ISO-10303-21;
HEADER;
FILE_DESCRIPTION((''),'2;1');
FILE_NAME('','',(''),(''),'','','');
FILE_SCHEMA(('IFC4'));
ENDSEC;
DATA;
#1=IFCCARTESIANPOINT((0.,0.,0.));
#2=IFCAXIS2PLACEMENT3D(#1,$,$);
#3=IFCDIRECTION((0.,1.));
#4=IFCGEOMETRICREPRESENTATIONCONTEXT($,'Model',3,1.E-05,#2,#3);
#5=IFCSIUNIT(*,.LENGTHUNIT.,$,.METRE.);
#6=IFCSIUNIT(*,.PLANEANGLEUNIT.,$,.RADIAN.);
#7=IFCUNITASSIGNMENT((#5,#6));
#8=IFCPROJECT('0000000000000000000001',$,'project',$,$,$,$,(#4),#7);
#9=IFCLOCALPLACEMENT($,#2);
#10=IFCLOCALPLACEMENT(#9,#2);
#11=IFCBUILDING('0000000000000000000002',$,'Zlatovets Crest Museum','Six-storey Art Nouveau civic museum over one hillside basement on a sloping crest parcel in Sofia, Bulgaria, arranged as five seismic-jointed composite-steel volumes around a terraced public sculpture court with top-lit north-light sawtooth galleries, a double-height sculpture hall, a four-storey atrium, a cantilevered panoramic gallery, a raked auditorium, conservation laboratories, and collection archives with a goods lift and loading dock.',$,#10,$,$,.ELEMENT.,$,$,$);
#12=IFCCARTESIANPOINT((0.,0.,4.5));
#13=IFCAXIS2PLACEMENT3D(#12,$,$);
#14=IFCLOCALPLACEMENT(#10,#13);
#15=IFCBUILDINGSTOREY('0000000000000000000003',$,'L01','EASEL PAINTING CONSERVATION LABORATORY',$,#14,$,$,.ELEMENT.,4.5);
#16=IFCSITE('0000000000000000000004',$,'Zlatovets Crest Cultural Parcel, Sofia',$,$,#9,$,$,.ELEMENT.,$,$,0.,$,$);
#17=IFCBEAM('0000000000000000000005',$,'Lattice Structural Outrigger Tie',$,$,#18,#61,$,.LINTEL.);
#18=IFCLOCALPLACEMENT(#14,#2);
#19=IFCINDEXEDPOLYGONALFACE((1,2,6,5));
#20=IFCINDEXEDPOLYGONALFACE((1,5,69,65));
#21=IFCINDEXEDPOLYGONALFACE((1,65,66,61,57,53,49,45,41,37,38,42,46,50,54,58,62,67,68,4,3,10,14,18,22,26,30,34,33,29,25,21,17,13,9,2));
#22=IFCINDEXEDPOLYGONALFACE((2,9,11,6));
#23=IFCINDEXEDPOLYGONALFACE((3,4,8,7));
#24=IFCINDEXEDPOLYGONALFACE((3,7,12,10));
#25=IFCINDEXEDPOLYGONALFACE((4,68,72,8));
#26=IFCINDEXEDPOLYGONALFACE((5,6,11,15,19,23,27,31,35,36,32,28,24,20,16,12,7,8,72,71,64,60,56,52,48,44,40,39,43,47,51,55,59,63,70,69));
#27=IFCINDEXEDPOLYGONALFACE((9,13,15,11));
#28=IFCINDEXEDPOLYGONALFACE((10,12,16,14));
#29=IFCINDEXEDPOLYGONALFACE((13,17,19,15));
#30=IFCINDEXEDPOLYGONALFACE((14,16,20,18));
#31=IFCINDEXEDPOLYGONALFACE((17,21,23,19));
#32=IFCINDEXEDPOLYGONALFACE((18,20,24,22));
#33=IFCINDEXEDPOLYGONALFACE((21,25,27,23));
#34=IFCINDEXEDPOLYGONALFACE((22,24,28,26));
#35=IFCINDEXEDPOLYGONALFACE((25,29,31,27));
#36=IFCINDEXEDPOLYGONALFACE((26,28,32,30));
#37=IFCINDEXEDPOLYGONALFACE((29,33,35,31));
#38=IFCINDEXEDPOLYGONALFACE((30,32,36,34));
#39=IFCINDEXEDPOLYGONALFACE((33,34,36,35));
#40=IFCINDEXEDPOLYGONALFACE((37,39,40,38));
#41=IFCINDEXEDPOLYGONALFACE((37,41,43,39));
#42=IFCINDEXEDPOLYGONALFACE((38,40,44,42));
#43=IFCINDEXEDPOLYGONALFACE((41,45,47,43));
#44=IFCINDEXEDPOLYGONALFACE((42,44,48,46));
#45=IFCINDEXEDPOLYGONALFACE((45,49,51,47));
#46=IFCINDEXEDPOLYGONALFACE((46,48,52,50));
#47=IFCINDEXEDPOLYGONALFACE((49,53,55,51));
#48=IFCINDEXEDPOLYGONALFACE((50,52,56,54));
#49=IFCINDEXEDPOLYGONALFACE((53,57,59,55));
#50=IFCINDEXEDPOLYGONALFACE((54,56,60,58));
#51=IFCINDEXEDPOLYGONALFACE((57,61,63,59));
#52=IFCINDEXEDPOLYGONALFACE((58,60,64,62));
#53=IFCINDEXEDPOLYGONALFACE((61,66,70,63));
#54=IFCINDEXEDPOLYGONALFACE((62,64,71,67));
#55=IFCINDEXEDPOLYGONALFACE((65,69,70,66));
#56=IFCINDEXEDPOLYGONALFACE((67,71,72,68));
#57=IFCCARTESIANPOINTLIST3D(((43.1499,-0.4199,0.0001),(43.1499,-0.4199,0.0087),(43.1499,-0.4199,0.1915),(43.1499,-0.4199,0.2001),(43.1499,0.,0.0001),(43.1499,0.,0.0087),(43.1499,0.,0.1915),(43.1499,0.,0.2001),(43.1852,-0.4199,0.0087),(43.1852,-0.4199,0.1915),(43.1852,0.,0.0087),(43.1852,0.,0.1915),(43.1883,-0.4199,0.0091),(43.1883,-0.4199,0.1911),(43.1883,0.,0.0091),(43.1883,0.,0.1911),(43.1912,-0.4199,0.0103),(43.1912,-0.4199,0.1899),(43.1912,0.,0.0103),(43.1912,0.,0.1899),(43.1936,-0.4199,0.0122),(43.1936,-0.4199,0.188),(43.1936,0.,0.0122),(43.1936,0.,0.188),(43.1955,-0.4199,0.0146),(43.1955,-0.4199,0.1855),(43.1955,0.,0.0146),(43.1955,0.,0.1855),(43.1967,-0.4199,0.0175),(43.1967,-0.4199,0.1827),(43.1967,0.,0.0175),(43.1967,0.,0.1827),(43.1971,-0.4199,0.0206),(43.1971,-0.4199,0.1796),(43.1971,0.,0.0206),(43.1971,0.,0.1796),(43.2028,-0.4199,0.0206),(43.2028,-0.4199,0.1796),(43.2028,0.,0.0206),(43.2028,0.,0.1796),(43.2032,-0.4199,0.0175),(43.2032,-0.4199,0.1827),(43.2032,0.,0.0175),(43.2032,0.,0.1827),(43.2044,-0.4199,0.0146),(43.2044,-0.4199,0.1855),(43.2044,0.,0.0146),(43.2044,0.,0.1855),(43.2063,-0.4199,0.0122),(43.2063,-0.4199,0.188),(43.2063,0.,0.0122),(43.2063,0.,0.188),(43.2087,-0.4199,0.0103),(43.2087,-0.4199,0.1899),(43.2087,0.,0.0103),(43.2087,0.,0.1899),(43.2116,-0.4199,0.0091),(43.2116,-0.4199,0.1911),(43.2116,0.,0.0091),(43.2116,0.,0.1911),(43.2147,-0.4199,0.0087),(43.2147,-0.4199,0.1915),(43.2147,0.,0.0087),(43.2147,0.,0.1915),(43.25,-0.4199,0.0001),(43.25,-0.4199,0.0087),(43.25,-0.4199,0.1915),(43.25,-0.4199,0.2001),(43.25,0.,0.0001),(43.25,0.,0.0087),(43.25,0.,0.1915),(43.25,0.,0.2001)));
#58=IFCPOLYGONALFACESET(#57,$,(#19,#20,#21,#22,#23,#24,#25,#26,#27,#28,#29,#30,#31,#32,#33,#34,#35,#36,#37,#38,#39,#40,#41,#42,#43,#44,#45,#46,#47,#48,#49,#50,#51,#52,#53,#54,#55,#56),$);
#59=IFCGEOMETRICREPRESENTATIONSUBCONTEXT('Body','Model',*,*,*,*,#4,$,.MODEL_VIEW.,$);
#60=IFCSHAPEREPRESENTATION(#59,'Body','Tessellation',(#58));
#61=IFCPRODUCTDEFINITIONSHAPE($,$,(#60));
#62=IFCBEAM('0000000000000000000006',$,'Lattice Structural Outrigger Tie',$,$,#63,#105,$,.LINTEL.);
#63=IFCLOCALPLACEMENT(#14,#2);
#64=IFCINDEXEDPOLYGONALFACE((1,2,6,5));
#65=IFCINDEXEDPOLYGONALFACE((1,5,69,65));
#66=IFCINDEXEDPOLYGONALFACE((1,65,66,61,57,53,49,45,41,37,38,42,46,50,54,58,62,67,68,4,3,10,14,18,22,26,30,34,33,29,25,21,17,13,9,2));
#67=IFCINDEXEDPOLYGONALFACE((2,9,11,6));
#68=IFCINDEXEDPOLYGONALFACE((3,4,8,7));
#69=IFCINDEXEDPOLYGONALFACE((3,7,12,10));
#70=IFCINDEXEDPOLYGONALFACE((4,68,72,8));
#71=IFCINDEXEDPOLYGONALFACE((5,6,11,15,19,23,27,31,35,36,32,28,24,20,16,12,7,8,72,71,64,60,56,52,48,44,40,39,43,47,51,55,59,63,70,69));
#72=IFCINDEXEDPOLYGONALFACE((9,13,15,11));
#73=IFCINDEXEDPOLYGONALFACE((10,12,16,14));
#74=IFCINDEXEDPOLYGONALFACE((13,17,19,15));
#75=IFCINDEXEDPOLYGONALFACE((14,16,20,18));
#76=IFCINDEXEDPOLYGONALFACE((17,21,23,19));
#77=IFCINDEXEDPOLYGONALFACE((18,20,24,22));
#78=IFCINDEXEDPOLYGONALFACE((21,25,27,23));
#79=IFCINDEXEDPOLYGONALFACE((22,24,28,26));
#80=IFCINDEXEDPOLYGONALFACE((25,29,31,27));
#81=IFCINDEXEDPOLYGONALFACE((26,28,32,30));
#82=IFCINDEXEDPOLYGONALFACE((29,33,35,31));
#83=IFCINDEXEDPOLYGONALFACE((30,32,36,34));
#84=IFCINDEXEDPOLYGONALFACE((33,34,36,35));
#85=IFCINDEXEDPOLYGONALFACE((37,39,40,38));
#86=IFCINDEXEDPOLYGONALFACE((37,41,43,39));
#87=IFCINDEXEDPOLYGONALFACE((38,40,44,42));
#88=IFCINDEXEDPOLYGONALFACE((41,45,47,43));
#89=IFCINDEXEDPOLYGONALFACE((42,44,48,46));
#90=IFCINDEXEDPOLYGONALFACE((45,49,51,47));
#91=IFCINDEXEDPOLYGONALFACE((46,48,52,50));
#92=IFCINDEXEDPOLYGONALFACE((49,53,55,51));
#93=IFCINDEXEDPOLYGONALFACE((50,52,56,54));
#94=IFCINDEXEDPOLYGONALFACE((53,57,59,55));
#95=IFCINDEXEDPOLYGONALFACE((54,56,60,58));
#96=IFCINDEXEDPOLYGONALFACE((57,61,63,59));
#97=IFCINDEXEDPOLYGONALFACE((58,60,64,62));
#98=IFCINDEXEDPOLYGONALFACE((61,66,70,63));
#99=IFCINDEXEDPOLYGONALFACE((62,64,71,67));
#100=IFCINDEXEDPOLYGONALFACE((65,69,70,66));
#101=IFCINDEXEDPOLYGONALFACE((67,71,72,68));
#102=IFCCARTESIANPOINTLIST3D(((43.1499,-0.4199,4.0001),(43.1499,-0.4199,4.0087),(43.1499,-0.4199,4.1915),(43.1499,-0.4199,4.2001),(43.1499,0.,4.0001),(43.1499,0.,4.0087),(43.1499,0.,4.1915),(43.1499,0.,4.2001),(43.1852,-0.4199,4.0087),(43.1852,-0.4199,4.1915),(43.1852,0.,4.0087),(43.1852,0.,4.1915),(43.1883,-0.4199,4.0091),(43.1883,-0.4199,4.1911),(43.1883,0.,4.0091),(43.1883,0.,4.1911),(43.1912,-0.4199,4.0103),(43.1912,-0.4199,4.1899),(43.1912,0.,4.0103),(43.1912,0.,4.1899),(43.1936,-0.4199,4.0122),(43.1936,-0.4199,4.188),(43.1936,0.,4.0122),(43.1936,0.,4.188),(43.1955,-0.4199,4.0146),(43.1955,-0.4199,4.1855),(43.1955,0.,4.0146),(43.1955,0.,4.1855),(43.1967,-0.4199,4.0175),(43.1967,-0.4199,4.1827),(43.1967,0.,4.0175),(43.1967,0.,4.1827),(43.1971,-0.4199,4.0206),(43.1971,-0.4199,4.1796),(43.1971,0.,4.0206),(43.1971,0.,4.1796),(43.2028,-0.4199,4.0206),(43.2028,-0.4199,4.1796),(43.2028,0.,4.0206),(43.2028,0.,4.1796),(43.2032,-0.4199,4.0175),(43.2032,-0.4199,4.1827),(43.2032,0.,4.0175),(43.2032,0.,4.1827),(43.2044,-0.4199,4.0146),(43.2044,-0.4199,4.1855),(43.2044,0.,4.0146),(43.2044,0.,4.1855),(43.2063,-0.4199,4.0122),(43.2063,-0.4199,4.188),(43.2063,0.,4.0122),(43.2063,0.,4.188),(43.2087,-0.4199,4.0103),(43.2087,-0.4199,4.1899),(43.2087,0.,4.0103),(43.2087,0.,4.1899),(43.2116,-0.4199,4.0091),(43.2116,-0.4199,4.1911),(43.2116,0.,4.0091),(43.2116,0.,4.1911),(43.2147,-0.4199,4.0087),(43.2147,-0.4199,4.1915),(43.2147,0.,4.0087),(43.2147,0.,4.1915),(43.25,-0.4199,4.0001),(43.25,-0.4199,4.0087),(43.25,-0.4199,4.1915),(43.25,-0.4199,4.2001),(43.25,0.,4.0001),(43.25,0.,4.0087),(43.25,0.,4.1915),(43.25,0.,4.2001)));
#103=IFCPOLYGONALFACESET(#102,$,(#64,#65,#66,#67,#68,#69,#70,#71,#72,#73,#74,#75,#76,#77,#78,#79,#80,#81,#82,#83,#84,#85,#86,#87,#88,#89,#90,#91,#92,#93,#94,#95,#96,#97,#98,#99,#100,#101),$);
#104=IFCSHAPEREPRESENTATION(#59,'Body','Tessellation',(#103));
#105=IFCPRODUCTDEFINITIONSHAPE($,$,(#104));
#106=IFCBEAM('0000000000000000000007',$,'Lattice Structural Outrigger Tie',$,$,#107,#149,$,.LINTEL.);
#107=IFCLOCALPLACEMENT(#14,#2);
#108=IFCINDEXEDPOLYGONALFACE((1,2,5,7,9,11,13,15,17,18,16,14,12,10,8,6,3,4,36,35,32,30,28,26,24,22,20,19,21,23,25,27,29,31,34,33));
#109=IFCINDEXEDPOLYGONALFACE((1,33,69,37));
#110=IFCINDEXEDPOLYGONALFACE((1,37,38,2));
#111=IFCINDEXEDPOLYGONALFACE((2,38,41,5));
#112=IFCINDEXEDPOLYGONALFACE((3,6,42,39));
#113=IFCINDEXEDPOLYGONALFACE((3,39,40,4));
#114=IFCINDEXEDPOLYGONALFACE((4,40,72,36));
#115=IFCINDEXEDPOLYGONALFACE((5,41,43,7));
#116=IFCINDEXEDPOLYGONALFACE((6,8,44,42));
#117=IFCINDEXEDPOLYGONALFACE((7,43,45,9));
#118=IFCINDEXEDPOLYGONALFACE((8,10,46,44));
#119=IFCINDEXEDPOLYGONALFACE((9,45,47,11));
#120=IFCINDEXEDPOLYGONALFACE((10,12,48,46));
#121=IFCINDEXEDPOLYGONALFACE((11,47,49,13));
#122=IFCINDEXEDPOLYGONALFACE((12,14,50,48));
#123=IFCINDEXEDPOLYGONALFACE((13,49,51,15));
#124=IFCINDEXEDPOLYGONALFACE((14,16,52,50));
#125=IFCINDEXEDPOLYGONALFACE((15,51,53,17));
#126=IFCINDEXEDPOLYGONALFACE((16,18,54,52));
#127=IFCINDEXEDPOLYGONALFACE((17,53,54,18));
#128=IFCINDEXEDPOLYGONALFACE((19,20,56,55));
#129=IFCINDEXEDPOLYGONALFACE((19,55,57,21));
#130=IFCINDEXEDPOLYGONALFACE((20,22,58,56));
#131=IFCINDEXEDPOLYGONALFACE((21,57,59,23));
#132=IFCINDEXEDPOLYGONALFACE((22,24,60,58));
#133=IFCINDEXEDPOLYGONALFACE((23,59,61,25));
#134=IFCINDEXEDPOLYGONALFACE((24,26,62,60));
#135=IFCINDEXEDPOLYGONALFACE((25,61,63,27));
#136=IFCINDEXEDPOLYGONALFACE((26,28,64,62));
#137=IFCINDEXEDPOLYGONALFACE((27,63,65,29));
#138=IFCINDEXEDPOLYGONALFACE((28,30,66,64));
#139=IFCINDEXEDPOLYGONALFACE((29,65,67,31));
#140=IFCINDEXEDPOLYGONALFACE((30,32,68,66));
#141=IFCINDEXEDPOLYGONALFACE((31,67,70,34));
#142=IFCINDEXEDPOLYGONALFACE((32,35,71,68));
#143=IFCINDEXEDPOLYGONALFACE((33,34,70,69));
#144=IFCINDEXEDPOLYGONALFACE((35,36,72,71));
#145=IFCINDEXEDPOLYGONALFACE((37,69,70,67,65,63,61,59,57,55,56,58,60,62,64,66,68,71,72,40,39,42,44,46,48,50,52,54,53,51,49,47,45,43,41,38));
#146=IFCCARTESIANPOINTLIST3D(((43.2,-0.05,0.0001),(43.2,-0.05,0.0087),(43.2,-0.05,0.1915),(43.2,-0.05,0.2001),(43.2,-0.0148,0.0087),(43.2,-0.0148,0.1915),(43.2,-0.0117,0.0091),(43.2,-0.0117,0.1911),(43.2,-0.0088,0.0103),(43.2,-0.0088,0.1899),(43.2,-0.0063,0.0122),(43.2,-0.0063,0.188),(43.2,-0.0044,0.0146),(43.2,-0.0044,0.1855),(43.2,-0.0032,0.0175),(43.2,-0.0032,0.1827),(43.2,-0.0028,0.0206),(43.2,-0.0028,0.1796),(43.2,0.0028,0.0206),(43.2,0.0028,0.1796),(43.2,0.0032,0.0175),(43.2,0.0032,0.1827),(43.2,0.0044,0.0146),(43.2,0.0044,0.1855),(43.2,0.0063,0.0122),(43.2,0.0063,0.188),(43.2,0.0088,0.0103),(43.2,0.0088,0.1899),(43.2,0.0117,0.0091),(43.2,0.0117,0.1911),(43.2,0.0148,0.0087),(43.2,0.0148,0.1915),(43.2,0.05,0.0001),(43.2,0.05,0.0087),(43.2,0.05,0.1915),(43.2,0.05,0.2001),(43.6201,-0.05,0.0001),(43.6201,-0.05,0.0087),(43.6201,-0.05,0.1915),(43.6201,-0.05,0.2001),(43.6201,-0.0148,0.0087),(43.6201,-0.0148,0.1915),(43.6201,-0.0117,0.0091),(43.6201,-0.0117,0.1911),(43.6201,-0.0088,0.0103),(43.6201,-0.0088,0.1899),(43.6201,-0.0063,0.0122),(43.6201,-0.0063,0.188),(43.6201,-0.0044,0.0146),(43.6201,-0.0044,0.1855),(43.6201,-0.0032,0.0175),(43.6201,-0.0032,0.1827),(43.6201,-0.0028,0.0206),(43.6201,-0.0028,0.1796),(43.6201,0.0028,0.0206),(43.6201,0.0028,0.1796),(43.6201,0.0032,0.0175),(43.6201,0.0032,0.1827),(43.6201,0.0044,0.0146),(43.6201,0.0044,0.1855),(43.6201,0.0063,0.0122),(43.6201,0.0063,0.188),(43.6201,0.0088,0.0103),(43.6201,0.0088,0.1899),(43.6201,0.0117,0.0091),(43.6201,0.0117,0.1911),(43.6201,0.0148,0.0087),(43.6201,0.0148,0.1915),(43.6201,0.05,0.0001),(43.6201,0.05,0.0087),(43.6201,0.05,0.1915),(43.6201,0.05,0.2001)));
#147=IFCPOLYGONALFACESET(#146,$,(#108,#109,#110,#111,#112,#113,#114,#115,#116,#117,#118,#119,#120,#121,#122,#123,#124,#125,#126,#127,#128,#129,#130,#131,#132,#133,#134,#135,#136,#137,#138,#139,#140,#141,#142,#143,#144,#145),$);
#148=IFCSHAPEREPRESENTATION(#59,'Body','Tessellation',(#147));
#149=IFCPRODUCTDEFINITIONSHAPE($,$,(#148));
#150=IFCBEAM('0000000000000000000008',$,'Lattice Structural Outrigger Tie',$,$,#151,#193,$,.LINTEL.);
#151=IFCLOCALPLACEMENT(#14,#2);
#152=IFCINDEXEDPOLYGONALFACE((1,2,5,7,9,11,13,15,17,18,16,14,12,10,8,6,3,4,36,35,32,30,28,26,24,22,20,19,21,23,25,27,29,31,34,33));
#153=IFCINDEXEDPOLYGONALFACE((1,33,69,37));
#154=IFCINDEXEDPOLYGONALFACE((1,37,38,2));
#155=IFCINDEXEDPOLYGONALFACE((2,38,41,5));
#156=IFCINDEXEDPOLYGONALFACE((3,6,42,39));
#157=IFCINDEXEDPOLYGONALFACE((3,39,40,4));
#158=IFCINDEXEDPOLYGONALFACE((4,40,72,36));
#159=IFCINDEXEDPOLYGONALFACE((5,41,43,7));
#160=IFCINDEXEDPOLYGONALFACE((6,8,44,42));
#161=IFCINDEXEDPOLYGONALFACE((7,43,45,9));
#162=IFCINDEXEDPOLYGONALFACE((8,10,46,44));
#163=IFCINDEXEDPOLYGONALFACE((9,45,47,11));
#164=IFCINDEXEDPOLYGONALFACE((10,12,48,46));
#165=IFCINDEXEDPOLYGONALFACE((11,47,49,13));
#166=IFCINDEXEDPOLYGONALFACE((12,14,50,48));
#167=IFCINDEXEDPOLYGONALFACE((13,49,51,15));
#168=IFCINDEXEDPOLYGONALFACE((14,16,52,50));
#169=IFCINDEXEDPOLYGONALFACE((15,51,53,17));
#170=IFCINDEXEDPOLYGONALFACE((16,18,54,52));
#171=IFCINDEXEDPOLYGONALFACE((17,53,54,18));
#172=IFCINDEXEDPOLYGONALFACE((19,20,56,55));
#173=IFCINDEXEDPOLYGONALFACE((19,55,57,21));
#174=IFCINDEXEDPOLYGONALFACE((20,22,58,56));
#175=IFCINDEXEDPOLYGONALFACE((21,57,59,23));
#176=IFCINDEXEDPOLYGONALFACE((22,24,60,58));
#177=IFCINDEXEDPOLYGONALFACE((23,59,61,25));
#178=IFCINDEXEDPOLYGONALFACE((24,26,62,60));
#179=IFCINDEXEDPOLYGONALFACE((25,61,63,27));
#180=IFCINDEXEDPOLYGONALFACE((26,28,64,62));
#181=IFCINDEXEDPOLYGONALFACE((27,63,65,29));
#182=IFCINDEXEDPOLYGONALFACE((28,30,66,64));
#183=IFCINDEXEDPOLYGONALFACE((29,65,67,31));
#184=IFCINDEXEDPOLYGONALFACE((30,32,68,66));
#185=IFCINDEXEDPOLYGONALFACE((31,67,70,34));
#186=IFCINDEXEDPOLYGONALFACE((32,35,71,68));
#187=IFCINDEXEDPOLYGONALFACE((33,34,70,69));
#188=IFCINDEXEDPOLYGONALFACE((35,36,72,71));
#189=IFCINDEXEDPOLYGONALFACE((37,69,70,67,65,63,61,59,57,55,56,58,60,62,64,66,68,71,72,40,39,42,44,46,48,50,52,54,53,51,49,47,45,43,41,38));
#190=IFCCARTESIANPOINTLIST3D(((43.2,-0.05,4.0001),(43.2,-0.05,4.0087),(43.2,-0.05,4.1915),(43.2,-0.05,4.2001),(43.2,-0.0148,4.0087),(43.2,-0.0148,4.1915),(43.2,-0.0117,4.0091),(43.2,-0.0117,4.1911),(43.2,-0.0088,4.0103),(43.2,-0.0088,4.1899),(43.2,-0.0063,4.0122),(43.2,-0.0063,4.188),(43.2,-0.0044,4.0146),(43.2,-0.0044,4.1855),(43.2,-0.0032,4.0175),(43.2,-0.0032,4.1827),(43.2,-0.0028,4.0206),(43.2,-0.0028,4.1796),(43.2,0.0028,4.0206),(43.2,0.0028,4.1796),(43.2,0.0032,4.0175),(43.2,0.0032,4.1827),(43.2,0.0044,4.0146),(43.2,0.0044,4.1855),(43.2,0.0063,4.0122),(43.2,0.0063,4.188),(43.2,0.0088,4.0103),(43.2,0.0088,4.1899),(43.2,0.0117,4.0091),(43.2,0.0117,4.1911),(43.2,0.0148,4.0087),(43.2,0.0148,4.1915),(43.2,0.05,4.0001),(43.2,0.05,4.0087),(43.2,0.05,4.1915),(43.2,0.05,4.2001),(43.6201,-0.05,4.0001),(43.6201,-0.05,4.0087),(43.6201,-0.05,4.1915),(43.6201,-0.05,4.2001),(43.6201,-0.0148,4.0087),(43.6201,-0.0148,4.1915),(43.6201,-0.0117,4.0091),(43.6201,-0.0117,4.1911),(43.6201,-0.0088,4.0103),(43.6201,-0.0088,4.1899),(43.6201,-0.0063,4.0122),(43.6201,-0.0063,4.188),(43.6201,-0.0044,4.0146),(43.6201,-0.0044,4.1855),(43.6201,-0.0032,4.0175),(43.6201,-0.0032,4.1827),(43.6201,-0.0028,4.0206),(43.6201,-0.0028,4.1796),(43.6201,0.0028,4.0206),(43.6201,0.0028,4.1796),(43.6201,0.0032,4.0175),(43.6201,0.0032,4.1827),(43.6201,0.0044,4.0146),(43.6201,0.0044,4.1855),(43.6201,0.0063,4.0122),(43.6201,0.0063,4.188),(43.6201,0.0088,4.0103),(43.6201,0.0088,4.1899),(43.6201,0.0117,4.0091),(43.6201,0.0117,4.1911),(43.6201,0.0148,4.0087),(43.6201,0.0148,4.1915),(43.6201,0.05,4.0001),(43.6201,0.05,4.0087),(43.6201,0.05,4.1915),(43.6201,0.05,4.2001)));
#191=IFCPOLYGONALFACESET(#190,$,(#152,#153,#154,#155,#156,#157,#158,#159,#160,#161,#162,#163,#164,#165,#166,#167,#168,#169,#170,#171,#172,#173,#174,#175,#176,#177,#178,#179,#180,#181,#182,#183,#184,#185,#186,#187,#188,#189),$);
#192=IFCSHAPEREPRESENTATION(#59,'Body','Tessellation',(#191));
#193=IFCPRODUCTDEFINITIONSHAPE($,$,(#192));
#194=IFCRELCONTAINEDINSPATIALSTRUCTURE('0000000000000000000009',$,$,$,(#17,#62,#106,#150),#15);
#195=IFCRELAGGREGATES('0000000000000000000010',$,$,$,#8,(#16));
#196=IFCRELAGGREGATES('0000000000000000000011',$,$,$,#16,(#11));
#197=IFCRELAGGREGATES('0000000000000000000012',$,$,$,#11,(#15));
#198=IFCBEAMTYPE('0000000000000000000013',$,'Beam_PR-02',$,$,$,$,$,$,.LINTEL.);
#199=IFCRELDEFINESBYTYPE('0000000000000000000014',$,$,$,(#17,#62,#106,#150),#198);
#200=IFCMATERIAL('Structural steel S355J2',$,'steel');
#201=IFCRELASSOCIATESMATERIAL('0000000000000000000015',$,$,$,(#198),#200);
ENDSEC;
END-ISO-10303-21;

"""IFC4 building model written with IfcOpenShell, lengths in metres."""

from ifc_helpers import new_model, si_unit, direction, frame, origin, origin_2d, place, context, subcontext, project, spatial, i_section, extrude, material, material_profile, profile_set, type_object, element, save


model = new_model("IFC4")

# Units and contexts
model_context = context("Model", 3, precision=1e-05, world=origin(), true_north=direction((0.0, 1.0)))
body_context = subcontext(model_context, "Body", "Model", "MODEL_VIEW")
ifc_project = project(units=[si_unit("LENGTHUNIT", "METRE"), si_unit("PLANEANGLEUNIT", "RADIAN")], contexts=[model_context])

# Site, building, storey
site_placement = place(None, origin())
site = spatial("IfcSite", under=ifc_project, at=site_placement, Name="Zlatovets Crest Cultural Parcel, Sofia", CompositionType="ELEMENT", RefElevation=0.0)
building_placement = place(site_placement, origin())
building = spatial("IfcBuilding", under=site, at=building_placement, Name="Zlatovets Crest Museum", Description="Six-storey Art Nouveau civic museum over one hillside basement on a sloping crest parcel in Sofia, Bulgaria, arranged as five seismic-jointed composite-steel volumes around a terraced public sculpture court with top-lit north-light sawtooth galleries, a double-height sculpture hall, a four-storey atrium, a cantilevered panoramic gallery, a raked auditorium, conservation laboratories, and collection archives with a goods lift and loading dock.", CompositionType="ELEMENT")
storey_placement = place(building_placement, frame((0.0, 0.0, 4.5)))
storey = spatial("IfcBuildingStorey", under=building, at=storey_placement, Name="L01", Description="EASEL PAINTING CONSERVATION LABORATORY", CompositionType="ELEMENT", Elevation=4.5)

# Shared definitions
ifc_material_1 = material(Name="Structural steel S355J2", Category="steel")

# Beams
ifc_material_profile_1 = material_profile(ifc_material_1, i_section(OverallWidth=0.1001, OverallDepth=0.2, WebThickness=0.0056, FlangeThickness=0.0085, FilletRadius=0.012, at=origin_2d()), Name="IPE 200")
ifc_profile_set_1 = profile_set([ifc_material_profile_1], Name="Structural steel S355J2")
beam_type_1 = type_object("IfcBeamType", Name="Beam_PR-02", PredefinedType="LINTEL", material=ifc_profile_set_1)
for number, where, z_axis, x_axis, name in (
    (1, (43.2, 0.0, 0.1001), (0.0, -1.0, 0.0), (1.0, 0.0, 0.0), "Lattice Structural Outrigger Tie"),
    (2, (43.2, 0.0, 4.1001), (0.0, -1.0, 0.0), (1.0, 0.0, 0.0), "Lattice Structural Outrigger Tie"),
):
    element("IfcBeam", number, at=place(storey_placement, frame(where, z_axis=z_axis, x_axis=x_axis)), inside=storey, type_object=beam_type_1, Name=name, PredefinedType="LINTEL", context=body_context, shape_type="SweptSolid", body=[
        extrude(i_section(OverallWidth=0.1001, OverallDepth=0.2, WebThickness=0.0056, FlangeThickness=0.0085, FilletRadius=0.012, at=origin_2d()), origin(), (0.0, 0.0, 1.0), 0.4199),
    ])
for number, where, z_axis, x_axis, name in (
    (3, (43.2, 0.0, 0.1001), (1.0, 0.0, 0.0), (0.0, 1.0, 0.0), "Lattice Structural Outrigger Tie"),
    (4, (43.2, 0.0, 4.1001), (1.0, 0.0, 0.0), (0.0, 1.0, 0.0), "Lattice Structural Outrigger Tie"),
):
    element("IfcBeam", number, at=place(storey_placement, frame(where, z_axis=z_axis, x_axis=x_axis)), inside=storey, type_object=beam_type_1, Name=name, PredefinedType="LINTEL", context=body_context, shape_type="SweptSolid", body=[
        extrude(i_section(OverallWidth=0.1001, OverallDepth=0.2, WebThickness=0.0056, FlangeThickness=0.0085, FilletRadius=0.012, at=origin_2d()), origin(), (0.0, 0.0, 1.0), 0.4202),
    ])

save(model, "model.ifc")
